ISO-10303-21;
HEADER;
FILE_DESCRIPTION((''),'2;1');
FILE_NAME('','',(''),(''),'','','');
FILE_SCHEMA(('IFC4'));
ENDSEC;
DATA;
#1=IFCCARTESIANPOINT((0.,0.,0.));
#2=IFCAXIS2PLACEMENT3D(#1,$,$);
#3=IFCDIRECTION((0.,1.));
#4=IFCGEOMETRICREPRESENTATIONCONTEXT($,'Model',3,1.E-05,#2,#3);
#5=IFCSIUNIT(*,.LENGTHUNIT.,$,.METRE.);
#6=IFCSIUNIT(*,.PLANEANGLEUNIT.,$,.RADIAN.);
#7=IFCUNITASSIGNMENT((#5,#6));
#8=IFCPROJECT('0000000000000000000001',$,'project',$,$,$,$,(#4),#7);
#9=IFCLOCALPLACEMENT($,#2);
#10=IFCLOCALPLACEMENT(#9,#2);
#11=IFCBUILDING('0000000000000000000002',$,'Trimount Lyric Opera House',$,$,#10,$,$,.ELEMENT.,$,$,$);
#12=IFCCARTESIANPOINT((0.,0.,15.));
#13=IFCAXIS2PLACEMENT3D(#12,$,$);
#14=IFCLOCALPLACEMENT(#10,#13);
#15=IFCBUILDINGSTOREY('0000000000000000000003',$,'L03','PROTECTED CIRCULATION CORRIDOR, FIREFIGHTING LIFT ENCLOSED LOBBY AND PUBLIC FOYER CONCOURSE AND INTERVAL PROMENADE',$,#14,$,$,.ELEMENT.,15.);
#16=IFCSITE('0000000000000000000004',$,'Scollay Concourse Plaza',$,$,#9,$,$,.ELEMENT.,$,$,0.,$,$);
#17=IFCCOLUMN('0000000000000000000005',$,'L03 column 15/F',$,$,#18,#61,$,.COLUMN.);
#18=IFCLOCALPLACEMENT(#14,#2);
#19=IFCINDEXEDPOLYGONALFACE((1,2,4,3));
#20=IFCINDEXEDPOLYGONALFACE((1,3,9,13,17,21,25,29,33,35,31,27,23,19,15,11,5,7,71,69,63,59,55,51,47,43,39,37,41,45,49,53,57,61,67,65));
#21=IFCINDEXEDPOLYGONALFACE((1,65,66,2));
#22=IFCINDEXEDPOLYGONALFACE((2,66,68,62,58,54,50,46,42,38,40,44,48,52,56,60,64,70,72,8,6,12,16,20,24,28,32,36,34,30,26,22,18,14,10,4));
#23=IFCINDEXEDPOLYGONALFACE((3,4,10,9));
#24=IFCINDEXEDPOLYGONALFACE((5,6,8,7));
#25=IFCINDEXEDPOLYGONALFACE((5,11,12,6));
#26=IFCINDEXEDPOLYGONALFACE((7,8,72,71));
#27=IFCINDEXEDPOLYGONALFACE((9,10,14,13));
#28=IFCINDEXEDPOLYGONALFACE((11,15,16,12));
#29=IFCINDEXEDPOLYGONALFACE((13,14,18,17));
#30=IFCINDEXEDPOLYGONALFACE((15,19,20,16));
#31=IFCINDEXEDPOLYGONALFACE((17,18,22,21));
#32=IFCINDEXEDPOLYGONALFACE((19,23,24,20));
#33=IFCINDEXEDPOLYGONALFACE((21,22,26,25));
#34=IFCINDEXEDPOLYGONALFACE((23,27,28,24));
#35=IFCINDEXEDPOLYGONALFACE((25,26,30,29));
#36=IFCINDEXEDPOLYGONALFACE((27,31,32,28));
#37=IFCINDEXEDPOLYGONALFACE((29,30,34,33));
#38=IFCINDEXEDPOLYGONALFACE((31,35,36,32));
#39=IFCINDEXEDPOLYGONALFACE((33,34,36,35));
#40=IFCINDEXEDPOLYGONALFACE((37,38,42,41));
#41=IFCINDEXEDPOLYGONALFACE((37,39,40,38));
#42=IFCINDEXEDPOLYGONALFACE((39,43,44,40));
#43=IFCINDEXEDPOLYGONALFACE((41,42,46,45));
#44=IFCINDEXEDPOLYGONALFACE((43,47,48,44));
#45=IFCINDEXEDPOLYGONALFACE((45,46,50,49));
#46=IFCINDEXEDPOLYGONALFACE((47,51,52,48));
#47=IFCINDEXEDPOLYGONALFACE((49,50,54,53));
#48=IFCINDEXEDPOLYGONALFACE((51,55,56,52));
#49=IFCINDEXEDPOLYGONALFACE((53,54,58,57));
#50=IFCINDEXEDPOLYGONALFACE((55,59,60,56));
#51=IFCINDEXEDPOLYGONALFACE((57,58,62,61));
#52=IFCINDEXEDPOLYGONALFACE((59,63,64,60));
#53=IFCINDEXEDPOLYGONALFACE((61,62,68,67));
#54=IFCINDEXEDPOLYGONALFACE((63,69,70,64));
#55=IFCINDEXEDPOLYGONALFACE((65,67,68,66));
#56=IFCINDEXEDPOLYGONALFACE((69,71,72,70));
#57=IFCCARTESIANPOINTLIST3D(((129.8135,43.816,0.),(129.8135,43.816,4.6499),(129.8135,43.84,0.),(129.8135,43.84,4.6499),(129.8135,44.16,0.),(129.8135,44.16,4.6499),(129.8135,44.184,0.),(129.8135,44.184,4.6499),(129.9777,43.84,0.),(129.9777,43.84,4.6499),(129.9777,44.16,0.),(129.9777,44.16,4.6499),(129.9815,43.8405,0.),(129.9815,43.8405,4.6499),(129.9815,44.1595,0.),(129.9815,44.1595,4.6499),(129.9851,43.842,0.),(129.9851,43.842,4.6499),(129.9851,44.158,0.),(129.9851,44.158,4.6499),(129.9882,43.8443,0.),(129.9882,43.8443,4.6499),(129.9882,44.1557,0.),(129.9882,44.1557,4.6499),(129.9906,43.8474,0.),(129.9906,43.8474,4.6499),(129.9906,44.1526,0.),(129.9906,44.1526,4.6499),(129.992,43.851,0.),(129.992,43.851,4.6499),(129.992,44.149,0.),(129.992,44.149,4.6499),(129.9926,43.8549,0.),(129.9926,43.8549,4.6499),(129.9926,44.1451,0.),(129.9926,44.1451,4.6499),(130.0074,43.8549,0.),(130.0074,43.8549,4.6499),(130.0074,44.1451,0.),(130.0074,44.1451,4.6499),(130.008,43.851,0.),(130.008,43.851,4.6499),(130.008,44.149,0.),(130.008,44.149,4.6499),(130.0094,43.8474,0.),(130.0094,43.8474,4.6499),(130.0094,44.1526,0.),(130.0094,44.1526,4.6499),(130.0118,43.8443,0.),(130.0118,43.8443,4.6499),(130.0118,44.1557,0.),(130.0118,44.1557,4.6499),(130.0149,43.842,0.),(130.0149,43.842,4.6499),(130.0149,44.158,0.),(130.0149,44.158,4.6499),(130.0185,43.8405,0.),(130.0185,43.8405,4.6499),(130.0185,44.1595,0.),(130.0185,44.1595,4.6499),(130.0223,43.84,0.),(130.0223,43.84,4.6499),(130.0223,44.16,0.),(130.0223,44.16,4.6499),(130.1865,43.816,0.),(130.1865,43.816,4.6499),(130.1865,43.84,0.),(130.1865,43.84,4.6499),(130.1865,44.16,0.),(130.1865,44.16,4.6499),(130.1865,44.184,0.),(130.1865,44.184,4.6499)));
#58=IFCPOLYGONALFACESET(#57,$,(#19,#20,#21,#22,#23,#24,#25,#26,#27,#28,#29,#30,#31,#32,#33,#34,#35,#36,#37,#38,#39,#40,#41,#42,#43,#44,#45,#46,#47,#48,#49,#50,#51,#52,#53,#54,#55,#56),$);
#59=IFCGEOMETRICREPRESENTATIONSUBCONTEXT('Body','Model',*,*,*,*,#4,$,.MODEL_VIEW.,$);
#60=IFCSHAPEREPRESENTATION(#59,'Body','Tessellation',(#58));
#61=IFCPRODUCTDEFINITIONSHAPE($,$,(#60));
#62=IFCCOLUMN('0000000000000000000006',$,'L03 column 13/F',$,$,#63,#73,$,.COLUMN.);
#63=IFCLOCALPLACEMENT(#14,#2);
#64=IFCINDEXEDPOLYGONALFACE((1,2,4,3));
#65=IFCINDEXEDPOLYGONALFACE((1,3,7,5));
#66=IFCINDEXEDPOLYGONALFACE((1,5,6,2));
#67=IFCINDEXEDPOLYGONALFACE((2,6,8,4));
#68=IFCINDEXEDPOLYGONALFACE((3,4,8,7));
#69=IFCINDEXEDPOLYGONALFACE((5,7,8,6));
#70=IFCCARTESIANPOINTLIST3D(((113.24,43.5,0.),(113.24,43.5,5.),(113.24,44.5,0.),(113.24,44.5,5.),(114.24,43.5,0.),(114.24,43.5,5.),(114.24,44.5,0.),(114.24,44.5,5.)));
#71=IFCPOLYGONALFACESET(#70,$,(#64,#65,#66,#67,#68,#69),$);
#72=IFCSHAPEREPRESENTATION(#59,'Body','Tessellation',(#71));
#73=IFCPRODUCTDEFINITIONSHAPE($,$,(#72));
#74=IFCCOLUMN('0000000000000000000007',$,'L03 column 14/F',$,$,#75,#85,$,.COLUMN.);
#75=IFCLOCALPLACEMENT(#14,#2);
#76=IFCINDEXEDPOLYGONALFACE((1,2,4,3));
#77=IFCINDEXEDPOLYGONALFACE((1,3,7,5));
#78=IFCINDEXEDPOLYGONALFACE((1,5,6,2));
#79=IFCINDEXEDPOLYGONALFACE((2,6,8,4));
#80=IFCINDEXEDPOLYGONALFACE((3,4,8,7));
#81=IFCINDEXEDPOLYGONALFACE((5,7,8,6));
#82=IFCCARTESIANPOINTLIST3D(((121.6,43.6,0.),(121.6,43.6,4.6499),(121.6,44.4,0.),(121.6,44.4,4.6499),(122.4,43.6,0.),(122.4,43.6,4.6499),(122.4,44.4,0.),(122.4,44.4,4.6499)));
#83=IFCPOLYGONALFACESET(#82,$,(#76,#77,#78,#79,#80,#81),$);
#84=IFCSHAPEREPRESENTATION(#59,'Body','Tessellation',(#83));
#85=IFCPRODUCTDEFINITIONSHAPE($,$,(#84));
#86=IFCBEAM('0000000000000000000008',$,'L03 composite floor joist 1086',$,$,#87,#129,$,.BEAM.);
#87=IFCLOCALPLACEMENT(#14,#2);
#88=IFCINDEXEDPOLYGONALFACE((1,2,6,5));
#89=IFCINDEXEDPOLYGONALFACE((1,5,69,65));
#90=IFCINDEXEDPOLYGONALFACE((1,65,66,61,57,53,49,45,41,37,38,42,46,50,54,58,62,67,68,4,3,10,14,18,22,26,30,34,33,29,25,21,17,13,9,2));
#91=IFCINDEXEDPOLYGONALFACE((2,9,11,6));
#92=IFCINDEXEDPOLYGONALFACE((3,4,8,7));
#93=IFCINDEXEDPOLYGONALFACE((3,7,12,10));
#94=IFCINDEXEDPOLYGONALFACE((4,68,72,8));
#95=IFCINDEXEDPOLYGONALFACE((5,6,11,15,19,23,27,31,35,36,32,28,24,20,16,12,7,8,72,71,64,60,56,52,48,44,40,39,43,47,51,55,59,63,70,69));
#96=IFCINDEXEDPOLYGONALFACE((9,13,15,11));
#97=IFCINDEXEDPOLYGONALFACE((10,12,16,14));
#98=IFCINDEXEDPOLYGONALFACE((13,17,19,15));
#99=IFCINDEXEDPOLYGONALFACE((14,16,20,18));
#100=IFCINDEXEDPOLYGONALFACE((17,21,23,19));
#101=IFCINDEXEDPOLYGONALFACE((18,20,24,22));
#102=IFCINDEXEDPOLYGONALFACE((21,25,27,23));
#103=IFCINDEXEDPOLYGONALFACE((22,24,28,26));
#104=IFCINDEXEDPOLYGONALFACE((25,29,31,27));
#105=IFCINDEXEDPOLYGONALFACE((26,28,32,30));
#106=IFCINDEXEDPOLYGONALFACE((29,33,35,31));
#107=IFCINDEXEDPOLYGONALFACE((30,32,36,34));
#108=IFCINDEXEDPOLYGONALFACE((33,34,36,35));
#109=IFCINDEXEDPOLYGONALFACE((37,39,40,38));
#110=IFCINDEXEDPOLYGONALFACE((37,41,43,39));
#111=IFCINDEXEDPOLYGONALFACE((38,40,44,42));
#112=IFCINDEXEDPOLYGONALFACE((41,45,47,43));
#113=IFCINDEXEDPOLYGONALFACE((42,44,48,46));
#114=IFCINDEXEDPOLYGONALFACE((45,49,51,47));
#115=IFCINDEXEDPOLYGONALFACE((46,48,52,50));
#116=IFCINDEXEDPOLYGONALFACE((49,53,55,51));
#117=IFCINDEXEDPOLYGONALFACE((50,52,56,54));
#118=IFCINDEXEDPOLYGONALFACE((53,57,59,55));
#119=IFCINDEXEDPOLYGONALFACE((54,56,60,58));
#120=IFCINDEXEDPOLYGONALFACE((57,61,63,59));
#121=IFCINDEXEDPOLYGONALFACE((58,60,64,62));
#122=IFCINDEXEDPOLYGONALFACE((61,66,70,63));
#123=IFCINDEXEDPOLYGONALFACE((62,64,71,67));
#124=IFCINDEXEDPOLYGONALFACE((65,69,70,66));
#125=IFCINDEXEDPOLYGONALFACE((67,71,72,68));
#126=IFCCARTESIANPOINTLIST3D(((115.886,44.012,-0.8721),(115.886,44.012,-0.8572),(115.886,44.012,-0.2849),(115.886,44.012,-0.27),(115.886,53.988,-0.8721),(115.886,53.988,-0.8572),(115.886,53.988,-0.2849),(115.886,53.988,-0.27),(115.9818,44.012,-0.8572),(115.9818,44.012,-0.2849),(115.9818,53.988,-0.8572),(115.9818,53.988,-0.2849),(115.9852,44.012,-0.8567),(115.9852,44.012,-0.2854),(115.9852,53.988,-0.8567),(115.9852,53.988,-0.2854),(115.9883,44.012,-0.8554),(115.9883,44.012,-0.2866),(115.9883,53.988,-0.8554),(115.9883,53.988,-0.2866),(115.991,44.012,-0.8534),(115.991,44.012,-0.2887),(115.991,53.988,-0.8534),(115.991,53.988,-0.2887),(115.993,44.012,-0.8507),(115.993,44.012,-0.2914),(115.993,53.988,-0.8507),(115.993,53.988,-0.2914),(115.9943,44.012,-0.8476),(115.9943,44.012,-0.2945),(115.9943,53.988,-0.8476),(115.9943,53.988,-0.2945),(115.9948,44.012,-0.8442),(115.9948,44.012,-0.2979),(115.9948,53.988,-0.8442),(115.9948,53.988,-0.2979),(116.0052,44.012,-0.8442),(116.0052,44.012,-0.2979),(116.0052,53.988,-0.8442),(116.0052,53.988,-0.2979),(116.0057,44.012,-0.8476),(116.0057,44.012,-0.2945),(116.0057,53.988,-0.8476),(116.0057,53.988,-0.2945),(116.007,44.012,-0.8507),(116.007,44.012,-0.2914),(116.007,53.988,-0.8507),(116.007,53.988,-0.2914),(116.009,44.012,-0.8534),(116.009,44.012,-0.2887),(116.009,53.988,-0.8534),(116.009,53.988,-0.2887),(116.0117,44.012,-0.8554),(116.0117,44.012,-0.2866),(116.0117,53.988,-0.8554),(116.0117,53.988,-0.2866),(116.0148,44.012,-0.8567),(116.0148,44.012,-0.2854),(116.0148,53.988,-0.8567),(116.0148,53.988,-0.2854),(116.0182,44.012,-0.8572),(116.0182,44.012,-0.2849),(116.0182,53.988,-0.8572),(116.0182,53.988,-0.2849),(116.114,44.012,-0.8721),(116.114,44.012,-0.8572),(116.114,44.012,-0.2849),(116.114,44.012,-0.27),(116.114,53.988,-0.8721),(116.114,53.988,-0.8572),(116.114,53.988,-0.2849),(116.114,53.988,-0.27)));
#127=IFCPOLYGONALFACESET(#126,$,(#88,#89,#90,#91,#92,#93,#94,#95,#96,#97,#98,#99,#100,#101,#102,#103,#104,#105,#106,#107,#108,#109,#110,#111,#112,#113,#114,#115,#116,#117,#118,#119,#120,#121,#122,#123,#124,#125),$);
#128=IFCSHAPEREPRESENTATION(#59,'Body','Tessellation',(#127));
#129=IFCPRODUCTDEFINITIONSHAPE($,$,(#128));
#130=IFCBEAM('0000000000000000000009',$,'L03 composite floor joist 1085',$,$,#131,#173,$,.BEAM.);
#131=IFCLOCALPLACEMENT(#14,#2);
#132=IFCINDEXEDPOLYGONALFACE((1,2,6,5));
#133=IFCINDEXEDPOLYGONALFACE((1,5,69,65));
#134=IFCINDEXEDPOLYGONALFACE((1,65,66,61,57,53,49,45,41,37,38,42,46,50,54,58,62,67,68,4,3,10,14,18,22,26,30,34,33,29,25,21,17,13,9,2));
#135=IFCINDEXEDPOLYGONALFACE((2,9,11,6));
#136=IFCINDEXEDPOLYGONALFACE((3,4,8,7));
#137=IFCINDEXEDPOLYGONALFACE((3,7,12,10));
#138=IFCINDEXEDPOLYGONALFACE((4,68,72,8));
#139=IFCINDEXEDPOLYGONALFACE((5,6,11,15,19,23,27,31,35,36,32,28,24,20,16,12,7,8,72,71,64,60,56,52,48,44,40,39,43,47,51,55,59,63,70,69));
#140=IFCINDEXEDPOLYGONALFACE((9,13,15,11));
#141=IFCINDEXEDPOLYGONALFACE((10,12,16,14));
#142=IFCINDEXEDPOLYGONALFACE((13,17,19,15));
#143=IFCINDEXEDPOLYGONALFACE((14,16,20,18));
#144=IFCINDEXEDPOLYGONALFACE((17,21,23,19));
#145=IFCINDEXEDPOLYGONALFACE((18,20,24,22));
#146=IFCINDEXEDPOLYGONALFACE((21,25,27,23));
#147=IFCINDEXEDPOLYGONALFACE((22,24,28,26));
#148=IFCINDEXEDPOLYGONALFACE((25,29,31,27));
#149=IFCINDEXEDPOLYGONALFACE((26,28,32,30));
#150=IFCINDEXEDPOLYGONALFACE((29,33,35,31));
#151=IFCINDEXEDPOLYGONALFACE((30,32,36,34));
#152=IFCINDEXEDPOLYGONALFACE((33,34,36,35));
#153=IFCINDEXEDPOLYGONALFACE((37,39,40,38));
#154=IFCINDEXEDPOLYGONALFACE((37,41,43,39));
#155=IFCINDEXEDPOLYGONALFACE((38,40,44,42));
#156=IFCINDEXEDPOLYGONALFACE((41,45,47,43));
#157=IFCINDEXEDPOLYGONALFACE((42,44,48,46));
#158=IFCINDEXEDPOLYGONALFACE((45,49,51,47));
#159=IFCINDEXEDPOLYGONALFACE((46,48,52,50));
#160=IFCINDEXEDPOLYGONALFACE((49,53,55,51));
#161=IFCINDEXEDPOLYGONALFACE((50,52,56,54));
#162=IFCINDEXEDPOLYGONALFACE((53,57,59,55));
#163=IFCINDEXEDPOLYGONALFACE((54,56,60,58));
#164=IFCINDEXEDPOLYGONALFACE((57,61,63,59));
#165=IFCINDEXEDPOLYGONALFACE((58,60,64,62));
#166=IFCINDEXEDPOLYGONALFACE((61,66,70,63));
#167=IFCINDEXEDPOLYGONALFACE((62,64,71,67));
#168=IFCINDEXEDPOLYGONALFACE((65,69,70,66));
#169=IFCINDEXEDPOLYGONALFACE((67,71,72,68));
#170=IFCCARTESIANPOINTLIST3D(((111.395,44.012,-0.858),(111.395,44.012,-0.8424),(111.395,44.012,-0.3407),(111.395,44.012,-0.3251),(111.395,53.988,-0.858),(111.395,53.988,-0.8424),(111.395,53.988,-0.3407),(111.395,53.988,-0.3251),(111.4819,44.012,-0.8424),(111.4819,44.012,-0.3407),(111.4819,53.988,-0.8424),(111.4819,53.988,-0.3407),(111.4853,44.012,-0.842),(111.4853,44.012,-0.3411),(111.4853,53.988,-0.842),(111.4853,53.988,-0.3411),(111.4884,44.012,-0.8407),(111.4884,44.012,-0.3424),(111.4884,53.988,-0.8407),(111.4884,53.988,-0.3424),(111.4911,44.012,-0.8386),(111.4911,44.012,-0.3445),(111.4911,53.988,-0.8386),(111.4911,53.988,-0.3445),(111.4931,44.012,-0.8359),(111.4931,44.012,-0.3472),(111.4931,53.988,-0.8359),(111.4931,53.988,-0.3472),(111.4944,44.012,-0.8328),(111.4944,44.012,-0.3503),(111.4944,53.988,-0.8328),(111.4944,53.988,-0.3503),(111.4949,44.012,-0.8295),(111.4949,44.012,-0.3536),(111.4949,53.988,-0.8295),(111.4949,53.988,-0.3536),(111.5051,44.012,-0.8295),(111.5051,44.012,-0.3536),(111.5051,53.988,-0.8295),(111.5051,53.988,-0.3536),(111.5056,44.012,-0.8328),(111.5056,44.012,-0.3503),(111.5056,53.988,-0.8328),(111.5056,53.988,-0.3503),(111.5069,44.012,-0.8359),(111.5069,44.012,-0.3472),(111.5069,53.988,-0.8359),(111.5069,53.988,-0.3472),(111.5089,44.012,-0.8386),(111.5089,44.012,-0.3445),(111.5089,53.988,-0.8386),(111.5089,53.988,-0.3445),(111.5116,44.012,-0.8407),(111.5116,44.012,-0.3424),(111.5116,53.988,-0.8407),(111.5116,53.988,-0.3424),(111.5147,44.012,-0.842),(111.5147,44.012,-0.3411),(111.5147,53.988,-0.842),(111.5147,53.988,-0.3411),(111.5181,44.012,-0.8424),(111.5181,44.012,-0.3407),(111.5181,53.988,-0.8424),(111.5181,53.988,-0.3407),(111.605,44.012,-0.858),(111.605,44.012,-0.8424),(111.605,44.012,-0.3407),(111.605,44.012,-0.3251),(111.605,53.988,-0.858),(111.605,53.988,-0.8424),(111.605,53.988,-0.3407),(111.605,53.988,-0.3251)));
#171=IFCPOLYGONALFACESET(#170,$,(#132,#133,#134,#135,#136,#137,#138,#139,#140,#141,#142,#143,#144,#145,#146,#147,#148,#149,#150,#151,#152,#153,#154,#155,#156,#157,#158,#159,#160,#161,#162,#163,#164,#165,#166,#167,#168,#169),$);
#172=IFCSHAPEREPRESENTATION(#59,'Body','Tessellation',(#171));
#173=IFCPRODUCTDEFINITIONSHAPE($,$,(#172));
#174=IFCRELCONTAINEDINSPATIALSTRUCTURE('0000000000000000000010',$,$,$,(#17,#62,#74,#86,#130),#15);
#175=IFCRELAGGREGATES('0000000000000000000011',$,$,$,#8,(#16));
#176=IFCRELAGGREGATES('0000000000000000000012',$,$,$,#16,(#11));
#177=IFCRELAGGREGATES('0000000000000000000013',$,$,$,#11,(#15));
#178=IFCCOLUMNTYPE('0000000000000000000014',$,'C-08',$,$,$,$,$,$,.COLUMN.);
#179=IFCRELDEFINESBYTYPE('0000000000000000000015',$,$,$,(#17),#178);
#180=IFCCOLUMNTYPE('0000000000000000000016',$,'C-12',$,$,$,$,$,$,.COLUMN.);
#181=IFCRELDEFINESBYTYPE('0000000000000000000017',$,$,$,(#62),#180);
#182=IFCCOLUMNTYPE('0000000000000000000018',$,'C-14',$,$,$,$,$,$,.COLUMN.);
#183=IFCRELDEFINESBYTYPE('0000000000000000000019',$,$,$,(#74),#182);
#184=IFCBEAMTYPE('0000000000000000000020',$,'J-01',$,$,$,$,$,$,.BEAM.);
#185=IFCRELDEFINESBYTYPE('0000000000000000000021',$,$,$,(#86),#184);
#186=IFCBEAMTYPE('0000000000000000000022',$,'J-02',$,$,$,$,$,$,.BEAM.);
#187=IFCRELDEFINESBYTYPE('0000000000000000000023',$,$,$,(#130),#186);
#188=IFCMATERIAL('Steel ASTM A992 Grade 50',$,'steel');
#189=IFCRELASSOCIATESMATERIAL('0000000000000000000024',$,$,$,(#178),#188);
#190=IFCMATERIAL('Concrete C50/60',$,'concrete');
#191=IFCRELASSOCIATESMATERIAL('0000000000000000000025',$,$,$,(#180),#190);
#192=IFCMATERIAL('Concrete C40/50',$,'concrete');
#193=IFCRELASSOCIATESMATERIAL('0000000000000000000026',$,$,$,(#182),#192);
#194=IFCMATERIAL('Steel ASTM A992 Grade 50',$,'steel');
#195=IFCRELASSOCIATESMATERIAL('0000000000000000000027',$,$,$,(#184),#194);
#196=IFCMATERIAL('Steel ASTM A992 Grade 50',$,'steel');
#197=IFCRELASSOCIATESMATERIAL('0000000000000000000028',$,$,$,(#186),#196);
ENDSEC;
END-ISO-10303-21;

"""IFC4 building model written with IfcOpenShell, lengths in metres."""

from ifc_helpers import new_model, si_unit, direction, frame, origin, origin_2d, place, context, subcontext, project, spatial, rectangle, i_section, extrude, material, material_profile, profile_set, type_object, element, save


model = new_model("IFC4")

# Units and contexts
model_context = context("Model", 3, precision=1e-05, world=origin(), true_north=direction((0.0, 1.0)))
body_context = subcontext(model_context, "Body", "Model", "MODEL_VIEW")
ifc_project = project(units=[si_unit("LENGTHUNIT", "METRE"), si_unit("PLANEANGLEUNIT", "RADIAN")], contexts=[model_context])

# Site, building, storey
site_placement = place(None, origin())
site = spatial("IfcSite", under=ifc_project, at=site_placement, Name="Scollay Concourse Plaza", CompositionType="ELEMENT", RefElevation=0.0)
building_placement = place(site_placement, origin())
building = spatial("IfcBuilding", under=site, at=building_placement, Name="Trimount Lyric Opera House", CompositionType="ELEMENT")
storey_placement = place(building_placement, frame((0.0, 0.0, 15.0)))
storey = spatial("IfcBuildingStorey", under=building, at=storey_placement, Name="L03", Description="PROTECTED CIRCULATION CORRIDOR, FIREFIGHTING LIFT ENCLOSED LOBBY AND PUBLIC FOYER CONCOURSE AND INTERVAL PROMENADE", CompositionType="ELEMENT", Elevation=15.0)

# Columns
ifc_material_1 = material(Name="Steel ASTM A992 Grade 50", Category="steel")
ifc_material_profile_1 = material_profile(ifc_material_1, i_section(OverallWidth=0.373, OverallDepth=0.3679, WebThickness=0.0149, FlangeThickness=0.0239, FilletRadius=0.0149, at=origin_2d()), Name="W14X120")
ifc_profile_set_1 = profile_set([ifc_material_profile_1], Name="Steel ASTM A992 Grade 50")
column_type_1 = type_object("IfcColumnType", Name="C-08", PredefinedType="COLUMN", material=ifc_profile_set_1)
column_1_placement = place(storey_placement, frame((130.0, 44.0, 0.0), z_axis=(0.0, 0.0, 1.0), x_axis=(1.0, 0.0, 0.0)))
element("IfcColumn", 1, at=column_1_placement, inside=storey, type_object=column_type_1, Name="L03 column 15/F", PredefinedType="COLUMN", context=body_context, shape_type="SweptSolid", body=[
    extrude(i_section(OverallWidth=0.373, OverallDepth=0.3679, WebThickness=0.0149, FlangeThickness=0.0239, FilletRadius=0.0149, at=origin_2d()), origin(), (0.0, 0.0, 1.0), 4.6499),
])
ifc_material_2 = material(Name="Concrete C50/60", Category="concrete")
ifc_material_profile_2 = material_profile(ifc_material_2, rectangle(XDim=1.0, YDim=1.0, at=origin_2d()), Name="RC1000X1000")
ifc_profile_set_2 = profile_set([ifc_material_profile_2], Name="Concrete C50/60")
column_type_2 = type_object("IfcColumnType", Name="C-12", PredefinedType="COLUMN", material=ifc_profile_set_2)
column_2_placement = place(storey_placement, frame((113.74, 44.0, 0.0), z_axis=(0.0, 0.0, 1.0), x_axis=(1.0, 0.0, 0.0)))
element("IfcColumn", 2, at=column_2_placement, inside=storey, type_object=column_type_2, Name="L03 column 13/F", PredefinedType="COLUMN", context=body_context, shape_type="SweptSolid", body=[
    extrude(rectangle(XDim=1.0, YDim=1.0, at=origin_2d()), origin(), (0.0, 0.0, 1.0), 5.0),
])
ifc_material_3 = material(Name="Concrete C40/50", Category="concrete")
ifc_material_profile_3 = material_profile(ifc_material_3, rectangle(XDim=0.8, YDim=0.8, at=origin_2d()), Name="RC800X800")
ifc_profile_set_3 = profile_set([ifc_material_profile_3], Name="Concrete C40/50")
column_type_3 = type_object("IfcColumnType", Name="C-14", PredefinedType="COLUMN", material=ifc_profile_set_3)
column_3_placement = place(storey_placement, frame((122.0, 44.0, 0.0), z_axis=(0.0, 0.0, 1.0), x_axis=(1.0, 0.0, 0.0)))
element("IfcColumn", 3, at=column_3_placement, inside=storey, type_object=column_type_3, Name="L03 column 14/F", PredefinedType="COLUMN", context=body_context, shape_type="SweptSolid", body=[
    extrude(rectangle(XDim=0.8, YDim=0.8, at=origin_2d()), origin(), (0.0, 0.0, 1.0), 4.6499),
])

# Beams
ifc_material_4 = material(Name="Steel ASTM A992 Grade 50", Category="steel")
ifc_material_profile_4 = material_profile(ifc_material_4, i_section(OverallWidth=0.228, OverallDepth=0.6021, WebThickness=0.0105, FlangeThickness=0.0149, FilletRadius=0.0129, at=origin_2d()), Name="W24X68")
ifc_profile_set_4 = profile_set([ifc_material_profile_4], Name="Steel ASTM A992 Grade 50")
beam_type_1 = type_object("IfcBeamType", Name="J-01", PredefinedType="BEAM", material=ifc_profile_set_4)
beam_1_placement = place(storey_placement, frame((116.0, 44.012, -0.571), z_axis=(0.0, 1.0, 0.0), x_axis=(-1.0, 0.0, 0.0)))
element("IfcBeam", 4, at=beam_1_placement, inside=storey, type_object=beam_type_1, Name="L03 composite floor joist 1086", PredefinedType="BEAM", context=body_context, shape_type="SweptSolid", body=[
    extrude(i_section(OverallWidth=0.228, OverallDepth=0.6021, WebThickness=0.0105, FlangeThickness=0.0149, FilletRadius=0.0129, at=origin_2d()), origin(), (0.0, 0.0, 1.0), 9.9761),
])
ifc_material_5 = material(Name="Steel ASTM A992 Grade 50", Category="steel")
ifc_material_profile_5 = material_profile(ifc_material_5, i_section(OverallWidth=0.21, OverallDepth=0.533, WebThickness=0.0103, FlangeThickness=0.0156, FilletRadius=0.0129, at=origin_2d()), Name="W21X62")
ifc_profile_set_5 = profile_set([ifc_material_profile_5], Name="Steel ASTM A992 Grade 50")
beam_type_2 = type_object("IfcBeamType", Name="J-02", PredefinedType="BEAM", material=ifc_profile_set_5)
beam_2_placement = place(storey_placement, frame((111.5, 44.012, -0.5916), z_axis=(0.0, 1.0, 0.0), x_axis=(-1.0, 0.0, 0.0)))
element("IfcBeam", 5, at=beam_2_placement, inside=storey, type_object=beam_type_2, Name="L03 composite floor joist 1085", PredefinedType="BEAM", context=body_context, shape_type="SweptSolid", body=[
    extrude(i_section(OverallWidth=0.21, OverallDepth=0.533, WebThickness=0.0103, FlangeThickness=0.0156, FilletRadius=0.0129, at=origin_2d()), origin(), (0.0, 0.0, 1.0), 9.9761),
])

save(model, "model.ifc")
